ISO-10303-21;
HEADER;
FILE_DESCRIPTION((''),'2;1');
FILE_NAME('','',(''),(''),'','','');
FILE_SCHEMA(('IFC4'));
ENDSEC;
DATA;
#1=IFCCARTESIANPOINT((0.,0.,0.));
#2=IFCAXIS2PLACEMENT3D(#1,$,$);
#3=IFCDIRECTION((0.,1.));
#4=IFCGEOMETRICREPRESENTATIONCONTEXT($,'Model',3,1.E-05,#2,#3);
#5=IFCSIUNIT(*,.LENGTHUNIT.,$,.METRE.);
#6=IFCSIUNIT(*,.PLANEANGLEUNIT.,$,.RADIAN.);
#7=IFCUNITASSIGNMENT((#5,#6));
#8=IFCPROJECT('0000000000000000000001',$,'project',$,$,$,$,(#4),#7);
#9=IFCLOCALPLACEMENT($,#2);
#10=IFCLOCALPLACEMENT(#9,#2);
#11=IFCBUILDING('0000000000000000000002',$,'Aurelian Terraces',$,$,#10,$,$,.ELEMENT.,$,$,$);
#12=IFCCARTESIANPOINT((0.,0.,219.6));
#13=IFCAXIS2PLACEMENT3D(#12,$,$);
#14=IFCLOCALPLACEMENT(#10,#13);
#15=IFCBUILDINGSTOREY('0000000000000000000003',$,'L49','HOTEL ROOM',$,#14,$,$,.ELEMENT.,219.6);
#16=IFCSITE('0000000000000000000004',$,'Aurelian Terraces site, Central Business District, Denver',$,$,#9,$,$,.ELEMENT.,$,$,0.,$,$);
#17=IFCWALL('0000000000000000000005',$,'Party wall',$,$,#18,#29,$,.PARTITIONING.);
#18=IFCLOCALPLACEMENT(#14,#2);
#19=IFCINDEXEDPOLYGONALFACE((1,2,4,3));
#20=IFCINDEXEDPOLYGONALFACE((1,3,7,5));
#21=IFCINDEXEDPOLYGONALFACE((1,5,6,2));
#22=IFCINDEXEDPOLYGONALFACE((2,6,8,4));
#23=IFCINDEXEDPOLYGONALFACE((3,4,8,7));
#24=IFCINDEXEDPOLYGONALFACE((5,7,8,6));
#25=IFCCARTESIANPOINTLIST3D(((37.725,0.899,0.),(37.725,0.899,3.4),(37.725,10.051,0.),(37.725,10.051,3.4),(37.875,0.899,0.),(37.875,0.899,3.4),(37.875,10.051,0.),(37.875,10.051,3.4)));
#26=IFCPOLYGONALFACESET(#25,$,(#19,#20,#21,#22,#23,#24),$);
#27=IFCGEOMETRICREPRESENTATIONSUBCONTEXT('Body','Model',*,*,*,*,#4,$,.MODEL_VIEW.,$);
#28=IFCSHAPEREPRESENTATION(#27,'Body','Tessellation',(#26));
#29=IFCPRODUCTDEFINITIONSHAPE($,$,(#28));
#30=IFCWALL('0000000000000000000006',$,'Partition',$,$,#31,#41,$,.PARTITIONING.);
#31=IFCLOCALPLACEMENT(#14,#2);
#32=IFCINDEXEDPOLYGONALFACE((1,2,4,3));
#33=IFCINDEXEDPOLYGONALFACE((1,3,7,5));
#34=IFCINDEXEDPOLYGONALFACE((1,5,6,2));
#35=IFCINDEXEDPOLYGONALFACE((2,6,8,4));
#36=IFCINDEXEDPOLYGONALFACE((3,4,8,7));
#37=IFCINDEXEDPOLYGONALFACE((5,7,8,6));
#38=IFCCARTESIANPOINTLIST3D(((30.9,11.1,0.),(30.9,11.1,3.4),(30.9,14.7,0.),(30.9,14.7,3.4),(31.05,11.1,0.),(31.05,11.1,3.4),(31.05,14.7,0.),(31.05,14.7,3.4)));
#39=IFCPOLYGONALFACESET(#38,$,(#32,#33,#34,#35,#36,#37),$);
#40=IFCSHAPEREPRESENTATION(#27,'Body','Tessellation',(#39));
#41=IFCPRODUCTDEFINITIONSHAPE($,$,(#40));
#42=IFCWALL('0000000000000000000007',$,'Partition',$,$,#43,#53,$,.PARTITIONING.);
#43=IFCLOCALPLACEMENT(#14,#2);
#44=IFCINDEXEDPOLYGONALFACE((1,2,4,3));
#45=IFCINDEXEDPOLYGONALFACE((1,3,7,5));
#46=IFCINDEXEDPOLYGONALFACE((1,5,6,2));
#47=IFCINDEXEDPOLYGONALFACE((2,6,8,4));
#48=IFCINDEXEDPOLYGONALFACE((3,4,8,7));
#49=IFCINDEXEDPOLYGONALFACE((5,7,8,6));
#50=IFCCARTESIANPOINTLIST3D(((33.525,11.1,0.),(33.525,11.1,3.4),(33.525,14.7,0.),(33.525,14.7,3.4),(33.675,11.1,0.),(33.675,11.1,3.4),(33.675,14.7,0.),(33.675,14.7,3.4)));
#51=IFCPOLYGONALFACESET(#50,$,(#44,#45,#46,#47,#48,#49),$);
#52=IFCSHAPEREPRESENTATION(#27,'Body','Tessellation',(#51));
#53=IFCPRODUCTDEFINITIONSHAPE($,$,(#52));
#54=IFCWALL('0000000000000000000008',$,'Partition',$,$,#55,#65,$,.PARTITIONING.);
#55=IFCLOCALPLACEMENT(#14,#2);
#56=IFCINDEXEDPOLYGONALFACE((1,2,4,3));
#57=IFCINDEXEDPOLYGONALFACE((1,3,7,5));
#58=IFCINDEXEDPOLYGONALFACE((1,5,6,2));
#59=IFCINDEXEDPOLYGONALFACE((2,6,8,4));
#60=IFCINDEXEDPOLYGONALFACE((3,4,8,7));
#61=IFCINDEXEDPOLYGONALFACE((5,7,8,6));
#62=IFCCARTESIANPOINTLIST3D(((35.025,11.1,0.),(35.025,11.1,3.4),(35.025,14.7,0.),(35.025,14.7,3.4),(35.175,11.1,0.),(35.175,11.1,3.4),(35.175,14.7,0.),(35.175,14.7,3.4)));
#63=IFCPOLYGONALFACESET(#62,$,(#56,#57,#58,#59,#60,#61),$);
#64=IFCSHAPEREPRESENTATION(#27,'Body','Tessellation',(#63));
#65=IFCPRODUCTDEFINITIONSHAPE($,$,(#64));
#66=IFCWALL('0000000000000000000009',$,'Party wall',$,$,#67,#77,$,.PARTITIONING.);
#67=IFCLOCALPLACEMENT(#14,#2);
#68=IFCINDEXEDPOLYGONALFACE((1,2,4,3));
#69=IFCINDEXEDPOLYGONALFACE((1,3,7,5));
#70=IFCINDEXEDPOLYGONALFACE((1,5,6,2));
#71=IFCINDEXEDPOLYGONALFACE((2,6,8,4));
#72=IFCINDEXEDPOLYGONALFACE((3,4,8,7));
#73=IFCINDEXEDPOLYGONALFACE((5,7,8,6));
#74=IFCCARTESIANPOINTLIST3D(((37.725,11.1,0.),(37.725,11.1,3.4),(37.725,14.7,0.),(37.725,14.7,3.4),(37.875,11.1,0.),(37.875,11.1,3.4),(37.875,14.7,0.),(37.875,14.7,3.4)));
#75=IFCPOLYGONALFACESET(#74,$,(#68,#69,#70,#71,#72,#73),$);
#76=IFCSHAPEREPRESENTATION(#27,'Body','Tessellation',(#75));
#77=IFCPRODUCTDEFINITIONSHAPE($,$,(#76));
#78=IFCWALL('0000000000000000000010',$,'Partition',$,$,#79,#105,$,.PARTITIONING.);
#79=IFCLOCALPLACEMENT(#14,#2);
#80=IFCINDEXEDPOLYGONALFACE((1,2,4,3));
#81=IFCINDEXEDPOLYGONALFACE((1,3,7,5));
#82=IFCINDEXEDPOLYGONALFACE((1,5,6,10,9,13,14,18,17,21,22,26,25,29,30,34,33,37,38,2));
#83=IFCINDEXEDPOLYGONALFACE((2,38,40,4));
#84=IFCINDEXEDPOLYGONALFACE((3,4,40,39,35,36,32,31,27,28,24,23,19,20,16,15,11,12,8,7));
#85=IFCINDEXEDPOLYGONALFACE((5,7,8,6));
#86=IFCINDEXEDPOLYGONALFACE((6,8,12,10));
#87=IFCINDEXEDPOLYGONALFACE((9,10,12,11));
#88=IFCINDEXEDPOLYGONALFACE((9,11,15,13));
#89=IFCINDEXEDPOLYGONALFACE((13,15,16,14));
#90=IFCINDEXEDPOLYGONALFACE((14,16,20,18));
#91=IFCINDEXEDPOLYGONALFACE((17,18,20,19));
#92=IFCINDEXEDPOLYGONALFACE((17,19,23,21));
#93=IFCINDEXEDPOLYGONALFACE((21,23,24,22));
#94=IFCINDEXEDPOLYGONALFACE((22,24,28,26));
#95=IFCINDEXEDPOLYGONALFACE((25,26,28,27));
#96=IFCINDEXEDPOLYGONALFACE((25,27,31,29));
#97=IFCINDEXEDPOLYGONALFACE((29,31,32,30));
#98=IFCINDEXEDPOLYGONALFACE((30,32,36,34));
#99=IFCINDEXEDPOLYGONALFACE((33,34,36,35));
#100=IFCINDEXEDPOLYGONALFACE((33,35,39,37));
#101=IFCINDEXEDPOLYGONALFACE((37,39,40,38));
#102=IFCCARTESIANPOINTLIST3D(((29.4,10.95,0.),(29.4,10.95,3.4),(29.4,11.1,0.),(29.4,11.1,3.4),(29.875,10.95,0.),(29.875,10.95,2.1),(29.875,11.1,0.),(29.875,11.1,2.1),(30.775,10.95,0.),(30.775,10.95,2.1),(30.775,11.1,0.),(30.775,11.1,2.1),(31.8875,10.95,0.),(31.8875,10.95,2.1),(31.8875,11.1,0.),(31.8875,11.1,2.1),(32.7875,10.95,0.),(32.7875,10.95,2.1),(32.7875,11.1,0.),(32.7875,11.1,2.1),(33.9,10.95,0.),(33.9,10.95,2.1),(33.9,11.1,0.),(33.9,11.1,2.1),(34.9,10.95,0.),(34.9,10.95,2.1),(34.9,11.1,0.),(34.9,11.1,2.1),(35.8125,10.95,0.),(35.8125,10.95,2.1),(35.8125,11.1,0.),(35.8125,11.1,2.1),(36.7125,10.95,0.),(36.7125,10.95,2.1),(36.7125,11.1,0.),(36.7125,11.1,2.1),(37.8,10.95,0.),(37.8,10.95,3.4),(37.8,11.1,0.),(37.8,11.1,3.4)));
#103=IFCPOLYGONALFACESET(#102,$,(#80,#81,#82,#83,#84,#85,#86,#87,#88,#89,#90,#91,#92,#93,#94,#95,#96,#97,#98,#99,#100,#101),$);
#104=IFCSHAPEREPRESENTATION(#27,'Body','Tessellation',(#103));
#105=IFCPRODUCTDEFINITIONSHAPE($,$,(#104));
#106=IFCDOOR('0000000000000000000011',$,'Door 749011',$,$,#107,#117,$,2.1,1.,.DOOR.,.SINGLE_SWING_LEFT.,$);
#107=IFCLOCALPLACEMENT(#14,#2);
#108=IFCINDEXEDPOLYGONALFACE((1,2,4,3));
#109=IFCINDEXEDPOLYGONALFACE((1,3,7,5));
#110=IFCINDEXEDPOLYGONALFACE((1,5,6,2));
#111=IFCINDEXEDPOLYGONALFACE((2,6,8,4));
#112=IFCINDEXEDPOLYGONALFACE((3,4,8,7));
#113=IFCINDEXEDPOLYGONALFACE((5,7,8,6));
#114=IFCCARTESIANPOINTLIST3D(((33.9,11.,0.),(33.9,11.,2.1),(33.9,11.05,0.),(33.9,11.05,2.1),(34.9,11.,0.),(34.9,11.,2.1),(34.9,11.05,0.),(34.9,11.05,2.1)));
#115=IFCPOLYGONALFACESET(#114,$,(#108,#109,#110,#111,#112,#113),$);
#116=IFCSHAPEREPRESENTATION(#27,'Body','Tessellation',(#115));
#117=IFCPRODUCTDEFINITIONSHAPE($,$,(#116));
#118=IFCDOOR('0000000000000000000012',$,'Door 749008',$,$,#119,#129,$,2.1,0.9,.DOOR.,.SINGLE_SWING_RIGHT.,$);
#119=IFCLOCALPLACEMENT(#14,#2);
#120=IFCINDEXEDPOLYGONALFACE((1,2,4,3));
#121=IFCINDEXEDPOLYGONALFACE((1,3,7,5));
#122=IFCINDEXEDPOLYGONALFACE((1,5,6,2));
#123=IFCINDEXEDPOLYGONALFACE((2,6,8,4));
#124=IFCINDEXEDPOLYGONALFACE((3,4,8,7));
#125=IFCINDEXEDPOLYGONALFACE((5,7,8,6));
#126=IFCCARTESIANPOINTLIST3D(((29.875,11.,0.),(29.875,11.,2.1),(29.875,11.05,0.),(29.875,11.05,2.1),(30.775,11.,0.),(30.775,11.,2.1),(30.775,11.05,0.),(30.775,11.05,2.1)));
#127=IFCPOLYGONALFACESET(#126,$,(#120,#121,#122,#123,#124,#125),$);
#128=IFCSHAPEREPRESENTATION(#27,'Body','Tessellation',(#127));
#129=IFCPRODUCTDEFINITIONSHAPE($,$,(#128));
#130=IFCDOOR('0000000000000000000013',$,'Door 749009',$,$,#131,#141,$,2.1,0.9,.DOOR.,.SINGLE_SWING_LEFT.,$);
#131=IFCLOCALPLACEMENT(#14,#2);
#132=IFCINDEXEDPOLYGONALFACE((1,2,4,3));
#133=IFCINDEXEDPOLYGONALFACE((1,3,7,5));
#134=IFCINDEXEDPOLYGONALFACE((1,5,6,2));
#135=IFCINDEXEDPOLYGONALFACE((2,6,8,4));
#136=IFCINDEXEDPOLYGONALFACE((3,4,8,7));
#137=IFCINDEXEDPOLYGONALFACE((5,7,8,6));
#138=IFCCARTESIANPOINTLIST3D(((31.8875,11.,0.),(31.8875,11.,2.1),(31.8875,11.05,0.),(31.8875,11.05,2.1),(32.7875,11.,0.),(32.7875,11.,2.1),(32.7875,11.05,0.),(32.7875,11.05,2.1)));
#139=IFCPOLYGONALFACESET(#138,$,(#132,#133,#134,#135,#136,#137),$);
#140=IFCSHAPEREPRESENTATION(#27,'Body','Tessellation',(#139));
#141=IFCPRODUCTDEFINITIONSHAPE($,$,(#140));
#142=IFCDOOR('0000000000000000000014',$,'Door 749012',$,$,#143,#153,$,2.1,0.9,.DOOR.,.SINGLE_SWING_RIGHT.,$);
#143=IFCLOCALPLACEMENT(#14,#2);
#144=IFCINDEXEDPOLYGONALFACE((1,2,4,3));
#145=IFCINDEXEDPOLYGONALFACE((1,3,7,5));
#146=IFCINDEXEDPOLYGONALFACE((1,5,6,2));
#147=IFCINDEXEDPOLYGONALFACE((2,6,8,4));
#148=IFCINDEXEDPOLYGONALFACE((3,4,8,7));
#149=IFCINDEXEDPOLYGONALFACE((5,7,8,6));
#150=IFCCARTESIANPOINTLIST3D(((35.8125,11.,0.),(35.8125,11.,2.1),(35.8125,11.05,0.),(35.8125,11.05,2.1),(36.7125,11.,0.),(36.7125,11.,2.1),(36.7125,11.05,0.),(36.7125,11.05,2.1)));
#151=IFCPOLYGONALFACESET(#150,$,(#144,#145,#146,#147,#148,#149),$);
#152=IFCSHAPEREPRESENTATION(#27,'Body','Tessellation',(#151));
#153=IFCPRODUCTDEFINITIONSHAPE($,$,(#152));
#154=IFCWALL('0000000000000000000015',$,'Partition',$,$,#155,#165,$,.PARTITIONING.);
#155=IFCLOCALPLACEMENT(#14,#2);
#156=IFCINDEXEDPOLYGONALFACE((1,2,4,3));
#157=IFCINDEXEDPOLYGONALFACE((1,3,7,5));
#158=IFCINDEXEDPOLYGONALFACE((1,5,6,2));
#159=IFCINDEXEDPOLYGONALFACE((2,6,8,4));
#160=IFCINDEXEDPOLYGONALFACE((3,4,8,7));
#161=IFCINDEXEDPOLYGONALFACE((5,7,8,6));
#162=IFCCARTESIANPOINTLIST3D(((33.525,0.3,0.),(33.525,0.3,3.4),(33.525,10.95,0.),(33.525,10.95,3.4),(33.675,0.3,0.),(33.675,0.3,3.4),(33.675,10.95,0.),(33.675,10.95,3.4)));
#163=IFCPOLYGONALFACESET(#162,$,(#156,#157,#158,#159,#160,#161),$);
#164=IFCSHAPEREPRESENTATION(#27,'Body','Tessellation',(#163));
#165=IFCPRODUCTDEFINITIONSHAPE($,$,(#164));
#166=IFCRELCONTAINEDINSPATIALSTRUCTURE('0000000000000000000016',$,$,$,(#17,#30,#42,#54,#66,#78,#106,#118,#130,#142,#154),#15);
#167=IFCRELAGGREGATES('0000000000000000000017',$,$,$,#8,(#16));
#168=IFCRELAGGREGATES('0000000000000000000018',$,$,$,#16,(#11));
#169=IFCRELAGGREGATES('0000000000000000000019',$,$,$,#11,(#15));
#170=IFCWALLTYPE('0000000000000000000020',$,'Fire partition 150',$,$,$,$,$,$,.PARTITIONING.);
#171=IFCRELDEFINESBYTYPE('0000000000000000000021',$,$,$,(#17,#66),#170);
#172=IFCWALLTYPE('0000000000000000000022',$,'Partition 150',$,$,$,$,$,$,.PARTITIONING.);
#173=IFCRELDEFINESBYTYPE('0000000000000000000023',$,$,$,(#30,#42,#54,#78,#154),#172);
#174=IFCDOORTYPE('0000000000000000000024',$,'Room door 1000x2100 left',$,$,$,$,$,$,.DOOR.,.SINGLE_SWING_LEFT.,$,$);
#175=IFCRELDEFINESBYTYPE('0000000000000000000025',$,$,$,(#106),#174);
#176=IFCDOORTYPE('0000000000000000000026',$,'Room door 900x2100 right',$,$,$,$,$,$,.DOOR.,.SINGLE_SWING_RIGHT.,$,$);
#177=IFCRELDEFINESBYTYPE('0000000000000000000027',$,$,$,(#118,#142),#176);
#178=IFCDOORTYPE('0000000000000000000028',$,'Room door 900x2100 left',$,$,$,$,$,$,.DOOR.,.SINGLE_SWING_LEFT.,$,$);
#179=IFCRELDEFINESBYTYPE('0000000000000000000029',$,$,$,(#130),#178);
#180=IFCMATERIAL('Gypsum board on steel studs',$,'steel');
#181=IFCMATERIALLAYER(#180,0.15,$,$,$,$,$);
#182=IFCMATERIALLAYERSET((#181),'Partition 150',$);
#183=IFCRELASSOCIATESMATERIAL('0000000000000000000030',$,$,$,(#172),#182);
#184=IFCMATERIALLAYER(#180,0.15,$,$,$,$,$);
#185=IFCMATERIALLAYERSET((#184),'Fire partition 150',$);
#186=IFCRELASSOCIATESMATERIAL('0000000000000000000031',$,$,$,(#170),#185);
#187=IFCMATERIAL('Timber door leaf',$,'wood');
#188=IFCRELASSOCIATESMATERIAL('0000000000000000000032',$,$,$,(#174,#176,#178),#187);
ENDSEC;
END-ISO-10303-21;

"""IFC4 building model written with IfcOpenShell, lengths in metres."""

from ifc_helpers import new_model, si_unit, direction, frame, frame_2d, origin, place, context, subcontext, project, spatial, rectangle, extrude, source, transform, mapped, material, layer, layer_set, type_object, element, fill, save


model = new_model("IFC4")

# Units and contexts
model_context = context("Model", 3, precision=1e-05, world=origin(), true_north=direction((0.0, 1.0)))
body_context = subcontext(model_context, "Body", "Model", "MODEL_VIEW")
ifc_project = project(units=[si_unit("LENGTHUNIT", "METRE"), si_unit("PLANEANGLEUNIT", "RADIAN")], contexts=[model_context])

# Site, building, storey
site_placement = place(None, origin())
site = spatial("IfcSite", under=ifc_project, at=site_placement, Name="Aurelian Terraces site, Central Business District, Denver", CompositionType="ELEMENT", RefElevation=0.0)
building_placement = place(site_placement, origin())
building = spatial("IfcBuilding", under=site, at=building_placement, Name="Aurelian Terraces", CompositionType="ELEMENT")
storey_placement = place(building_placement, frame((0.0, 0.0, 219.6)))
storey = spatial("IfcBuildingStorey", under=building, at=storey_placement, Name="L49", Description="HOTEL ROOM", CompositionType="ELEMENT", Elevation=219.6)

# Shared definitions
ifc_material_1 = material(Name="Gypsum board on steel studs", Category="steel")
shared_shape_1 = source(origin(), body_context, "Body", "SweptSolid", [
    extrude(rectangle(XDim=0.9, YDim=2.1, at=frame_2d((0.45, 1.05))), frame((0.0, 0.025, 0.0), z_axis=(0.0, -1.0, 0.0), x_axis=(1.0, 0.0, 0.0)), (0.0, 0.0, 1.0), 0.05),
])

# Walls
ifc_layer_1 = layer(ifc_material_1, 0.15)
ifc_layer_set_1 = layer_set([ifc_layer_1], Name="Partition 150")
wall_type_1 = type_object("IfcWallType", Name="Partition 150", PredefinedType="PARTITIONING", material=ifc_layer_set_1)
ifc_layer_2 = layer(ifc_material_1, 0.15)
ifc_layer_set_2 = layer_set([ifc_layer_2], Name="Fire partition 150")
wall_type_2 = type_object("IfcWallType", Name="Fire partition 150", PredefinedType="PARTITIONING", material=ifc_layer_set_2)
shared_shape_2 = source(origin(), body_context, "Body", "SweptSolid", [
    extrude(rectangle(XDim=9.152, YDim=0.15, at=frame_2d((4.576, 0.0))), origin(), (0.0, 0.0, 1.0), 3.4),
])
wall_1_placement = place(storey_placement, frame((37.8, 0.899, 0.0), z_axis=(0.0, 0.0, 1.0), x_axis=(0.0, 1.0, 0.0)))
element("IfcWall", 1, at=wall_1_placement, inside=storey, type_object=wall_type_2, Name="Party wall", PredefinedType="PARTITIONING", context=body_context, shape_type="MappedRepresentation", body=[
    mapped(shared_shape_2, transform((0.0, 0.0, 0.0), scale=1.0)),
])
shared_shape_3 = source(origin(), body_context, "Body", "SweptSolid", [
    extrude(rectangle(XDim=3.6, YDim=0.15, at=frame_2d((1.8, 0.0))), origin(), (0.0, 0.0, 1.0), 3.4),
])
for number, where, z_axis, x_axis, name in (
    (2, (30.975, 11.1, 0.0), (0.0, 0.0, 1.0), (0.0, 1.0, 0.0), "Partition"),
    (3, (33.6, 11.1, 0.0), (0.0, 0.0, 1.0), (0.0, 1.0, 0.0), "Partition"),
    (4, (35.1, 11.1, 0.0), (0.0, 0.0, 1.0), (0.0, 1.0, 0.0), "Partition"),
):
    element("IfcWall", number, at=place(storey_placement, frame(where, z_axis=z_axis, x_axis=x_axis)), inside=storey, type_object=wall_type_1, Name=name, PredefinedType="PARTITIONING", context=body_context, shape_type="MappedRepresentation", body=[
        mapped(shared_shape_3, transform((0.0, 0.0, 0.0), scale=1.0)),
    ])
wall_2_placement = place(storey_placement, frame((37.8, 11.1, 0.0), z_axis=(0.0, 0.0, 1.0), x_axis=(0.0, 1.0, 0.0)))
element("IfcWall", 5, at=wall_2_placement, inside=storey, type_object=wall_type_2, Name="Party wall", PredefinedType="PARTITIONING", context=body_context, shape_type="MappedRepresentation", body=[
    mapped(shared_shape_3, transform((0.0, 0.0, 0.0), scale=1.0)),
])

# Wall, openings, doors
shared_shape_4 = source(origin(), body_context, "Body", "SweptSolid", [
    extrude(rectangle(XDim=8.4, YDim=0.15, at=frame_2d((4.2, 0.0))), origin(), (0.0, 0.0, 1.0), 3.4),
])
wall_3_placement = place(storey_placement, frame((37.8, 11.025, 0.0), z_axis=(0.0, 0.0, 1.0), x_axis=(-1.0, 0.0, 0.0)))
wall_3 = element("IfcWall", 6, at=wall_3_placement, inside=storey, type_object=wall_type_1, Name="Partition", PredefinedType="PARTITIONING", context=body_context, shape_type="MappedRepresentation", body=[
    mapped(shared_shape_4, transform((0.0, 0.0, 0.0), scale=1.0)),
])
shared_shape_5 = source(origin(), body_context, "Body", "SweptSolid", [
    extrude(rectangle(XDim=0.9, YDim=2.1, at=frame_2d((0.45, 1.05))), frame((0.0, 0.085, 0.0), z_axis=(0.0, -1.0, 0.0), x_axis=(1.0, 0.0, 0.0)), (0.0, 0.0, 1.0), 0.17),
])
opening_1_placement = place(wall_3_placement, frame((7.025, 0.0, 0.0)))
opening_1 = element("IfcOpeningElement", 7, at=opening_1_placement, cuts=wall_3, PredefinedType="OPENING", context=body_context, shape_type="MappedRepresentation", body=[
    mapped(shared_shape_5, transform((0.0, 0.0, 0.0), scale=1.0)),
])
opening_2_placement = place(wall_3_placement, frame((5.0125, 0.0, 0.0)))
opening_2 = element("IfcOpeningElement", 8, at=opening_2_placement, cuts=wall_3, PredefinedType="OPENING", context=body_context, shape_type="MappedRepresentation", body=[
    mapped(shared_shape_5, transform((0.0, 0.0, 0.0), scale=1.0)),
])
shared_shape_6 = source(origin(), body_context, "Body", "SweptSolid", [
    extrude(rectangle(XDim=1.0, YDim=2.1, at=frame_2d((0.5, 1.05))), frame((0.0, 0.085, 0.0), z_axis=(0.0, -1.0, 0.0), x_axis=(1.0, 0.0, 0.0)), (0.0, 0.0, 1.0), 0.17),
])
opening_3_placement = place(wall_3_placement, frame((2.9, 0.0, 0.0)))
opening_3 = element("IfcOpeningElement", 9, at=opening_3_placement, cuts=wall_3, PredefinedType="OPENING", context=body_context, shape_type="MappedRepresentation", body=[
    mapped(shared_shape_6, transform((0.0, 0.0, 0.0), scale=1.0)),
])
opening_4_placement = place(wall_3_placement, frame((1.0875, 0.0, 0.0)))
opening_4 = element("IfcOpeningElement", 10, at=opening_4_placement, cuts=wall_3, PredefinedType="OPENING", context=body_context, shape_type="MappedRepresentation", body=[
    mapped(shared_shape_5, transform((0.0, 0.0, 0.0), scale=1.0)),
])
ifc_material_2 = material(Name="Timber door leaf", Category="wood")
door_type_1 = type_object("IfcDoorType", Name="Room door 1000x2100 left", OperationType="SINGLE_SWING_LEFT", PredefinedType="DOOR", material=ifc_material_2)
shared_shape_7 = source(origin(), body_context, "Body", "SweptSolid", [
    extrude(rectangle(XDim=1.0, YDim=2.1, at=frame_2d((0.5, 1.05))), frame((0.0, 0.025, 0.0), z_axis=(0.0, -1.0, 0.0), x_axis=(1.0, 0.0, 0.0)), (0.0, 0.0, 1.0), 0.05),
])
door_1_placement = place(opening_3_placement, origin())
door_1 = element("IfcDoor", 11, at=door_1_placement, inside=storey, type_object=door_type_1, Name="Door 749011", OperationType="SINGLE_SWING_LEFT", OverallHeight=2.1, OverallWidth=1.0, PredefinedType="DOOR", context=body_context, shape_type="MappedRepresentation", body=[
    mapped(shared_shape_7, transform((0.0, 0.0, 0.0), scale=1.0)),
])
fill(opening_3, door_1)
door_type_2 = type_object("IfcDoorType", Name="Room door 900x2100 right", OperationType="SINGLE_SWING_RIGHT", PredefinedType="DOOR", material=ifc_material_2)
door_2_placement = place(opening_1_placement, origin())
door_2 = element("IfcDoor", 12, at=door_2_placement, inside=storey, type_object=door_type_2, Name="Door 749008", OperationType="SINGLE_SWING_RIGHT", OverallHeight=2.1, OverallWidth=0.9, PredefinedType="DOOR", context=body_context, shape_type="MappedRepresentation", body=[
    mapped(shared_shape_1, transform((0.0, 0.0, 0.0), scale=1.0)),
])
fill(opening_1, door_2)
door_type_3 = type_object("IfcDoorType", Name="Room door 900x2100 left", OperationType="SINGLE_SWING_LEFT", PredefinedType="DOOR", material=ifc_material_2)
door_3_placement = place(opening_2_placement, origin())
door_3 = element("IfcDoor", 13, at=door_3_placement, inside=storey, type_object=door_type_3, Name="Door 749009", OperationType="SINGLE_SWING_LEFT", OverallHeight=2.1, OverallWidth=0.9, PredefinedType="DOOR", context=body_context, shape_type="MappedRepresentation", body=[
    mapped(shared_shape_1, transform((0.0, 0.0, 0.0), scale=1.0)),
])
fill(opening_2, door_3)
door_4_placement = place(opening_4_placement, origin())
door_4 = element("IfcDoor", 14, at=door_4_placement, inside=storey, type_object=door_type_2, Name="Door 749012", OperationType="SINGLE_SWING_RIGHT", OverallHeight=2.1, OverallWidth=0.9, PredefinedType="DOOR", context=body_context, shape_type="MappedRepresentation", body=[
    mapped(shared_shape_1, transform((0.0, 0.0, 0.0), scale=1.0)),
])
fill(opening_4, door_4)

# Wall
shared_shape_8 = source(origin(), body_context, "Body", "SweptSolid", [
    extrude(rectangle(XDim=10.65, YDim=0.15, at=frame_2d((5.325, 0.0))), origin(), (0.0, 0.0, 1.0), 3.4),
])
wall_4_placement = place(storey_placement, frame((33.6, 0.3, 0.0), z_axis=(0.0, 0.0, 1.0), x_axis=(0.0, 1.0, 0.0)))
element("IfcWall", 15, at=wall_4_placement, inside=storey, type_object=wall_type_1, Name="Partition", PredefinedType="PARTITIONING", context=body_context, shape_type="MappedRepresentation", body=[
    mapped(shared_shape_8, transform((0.0, 0.0, 0.0), scale=1.0)),
])

save(model, "model.ifc")
